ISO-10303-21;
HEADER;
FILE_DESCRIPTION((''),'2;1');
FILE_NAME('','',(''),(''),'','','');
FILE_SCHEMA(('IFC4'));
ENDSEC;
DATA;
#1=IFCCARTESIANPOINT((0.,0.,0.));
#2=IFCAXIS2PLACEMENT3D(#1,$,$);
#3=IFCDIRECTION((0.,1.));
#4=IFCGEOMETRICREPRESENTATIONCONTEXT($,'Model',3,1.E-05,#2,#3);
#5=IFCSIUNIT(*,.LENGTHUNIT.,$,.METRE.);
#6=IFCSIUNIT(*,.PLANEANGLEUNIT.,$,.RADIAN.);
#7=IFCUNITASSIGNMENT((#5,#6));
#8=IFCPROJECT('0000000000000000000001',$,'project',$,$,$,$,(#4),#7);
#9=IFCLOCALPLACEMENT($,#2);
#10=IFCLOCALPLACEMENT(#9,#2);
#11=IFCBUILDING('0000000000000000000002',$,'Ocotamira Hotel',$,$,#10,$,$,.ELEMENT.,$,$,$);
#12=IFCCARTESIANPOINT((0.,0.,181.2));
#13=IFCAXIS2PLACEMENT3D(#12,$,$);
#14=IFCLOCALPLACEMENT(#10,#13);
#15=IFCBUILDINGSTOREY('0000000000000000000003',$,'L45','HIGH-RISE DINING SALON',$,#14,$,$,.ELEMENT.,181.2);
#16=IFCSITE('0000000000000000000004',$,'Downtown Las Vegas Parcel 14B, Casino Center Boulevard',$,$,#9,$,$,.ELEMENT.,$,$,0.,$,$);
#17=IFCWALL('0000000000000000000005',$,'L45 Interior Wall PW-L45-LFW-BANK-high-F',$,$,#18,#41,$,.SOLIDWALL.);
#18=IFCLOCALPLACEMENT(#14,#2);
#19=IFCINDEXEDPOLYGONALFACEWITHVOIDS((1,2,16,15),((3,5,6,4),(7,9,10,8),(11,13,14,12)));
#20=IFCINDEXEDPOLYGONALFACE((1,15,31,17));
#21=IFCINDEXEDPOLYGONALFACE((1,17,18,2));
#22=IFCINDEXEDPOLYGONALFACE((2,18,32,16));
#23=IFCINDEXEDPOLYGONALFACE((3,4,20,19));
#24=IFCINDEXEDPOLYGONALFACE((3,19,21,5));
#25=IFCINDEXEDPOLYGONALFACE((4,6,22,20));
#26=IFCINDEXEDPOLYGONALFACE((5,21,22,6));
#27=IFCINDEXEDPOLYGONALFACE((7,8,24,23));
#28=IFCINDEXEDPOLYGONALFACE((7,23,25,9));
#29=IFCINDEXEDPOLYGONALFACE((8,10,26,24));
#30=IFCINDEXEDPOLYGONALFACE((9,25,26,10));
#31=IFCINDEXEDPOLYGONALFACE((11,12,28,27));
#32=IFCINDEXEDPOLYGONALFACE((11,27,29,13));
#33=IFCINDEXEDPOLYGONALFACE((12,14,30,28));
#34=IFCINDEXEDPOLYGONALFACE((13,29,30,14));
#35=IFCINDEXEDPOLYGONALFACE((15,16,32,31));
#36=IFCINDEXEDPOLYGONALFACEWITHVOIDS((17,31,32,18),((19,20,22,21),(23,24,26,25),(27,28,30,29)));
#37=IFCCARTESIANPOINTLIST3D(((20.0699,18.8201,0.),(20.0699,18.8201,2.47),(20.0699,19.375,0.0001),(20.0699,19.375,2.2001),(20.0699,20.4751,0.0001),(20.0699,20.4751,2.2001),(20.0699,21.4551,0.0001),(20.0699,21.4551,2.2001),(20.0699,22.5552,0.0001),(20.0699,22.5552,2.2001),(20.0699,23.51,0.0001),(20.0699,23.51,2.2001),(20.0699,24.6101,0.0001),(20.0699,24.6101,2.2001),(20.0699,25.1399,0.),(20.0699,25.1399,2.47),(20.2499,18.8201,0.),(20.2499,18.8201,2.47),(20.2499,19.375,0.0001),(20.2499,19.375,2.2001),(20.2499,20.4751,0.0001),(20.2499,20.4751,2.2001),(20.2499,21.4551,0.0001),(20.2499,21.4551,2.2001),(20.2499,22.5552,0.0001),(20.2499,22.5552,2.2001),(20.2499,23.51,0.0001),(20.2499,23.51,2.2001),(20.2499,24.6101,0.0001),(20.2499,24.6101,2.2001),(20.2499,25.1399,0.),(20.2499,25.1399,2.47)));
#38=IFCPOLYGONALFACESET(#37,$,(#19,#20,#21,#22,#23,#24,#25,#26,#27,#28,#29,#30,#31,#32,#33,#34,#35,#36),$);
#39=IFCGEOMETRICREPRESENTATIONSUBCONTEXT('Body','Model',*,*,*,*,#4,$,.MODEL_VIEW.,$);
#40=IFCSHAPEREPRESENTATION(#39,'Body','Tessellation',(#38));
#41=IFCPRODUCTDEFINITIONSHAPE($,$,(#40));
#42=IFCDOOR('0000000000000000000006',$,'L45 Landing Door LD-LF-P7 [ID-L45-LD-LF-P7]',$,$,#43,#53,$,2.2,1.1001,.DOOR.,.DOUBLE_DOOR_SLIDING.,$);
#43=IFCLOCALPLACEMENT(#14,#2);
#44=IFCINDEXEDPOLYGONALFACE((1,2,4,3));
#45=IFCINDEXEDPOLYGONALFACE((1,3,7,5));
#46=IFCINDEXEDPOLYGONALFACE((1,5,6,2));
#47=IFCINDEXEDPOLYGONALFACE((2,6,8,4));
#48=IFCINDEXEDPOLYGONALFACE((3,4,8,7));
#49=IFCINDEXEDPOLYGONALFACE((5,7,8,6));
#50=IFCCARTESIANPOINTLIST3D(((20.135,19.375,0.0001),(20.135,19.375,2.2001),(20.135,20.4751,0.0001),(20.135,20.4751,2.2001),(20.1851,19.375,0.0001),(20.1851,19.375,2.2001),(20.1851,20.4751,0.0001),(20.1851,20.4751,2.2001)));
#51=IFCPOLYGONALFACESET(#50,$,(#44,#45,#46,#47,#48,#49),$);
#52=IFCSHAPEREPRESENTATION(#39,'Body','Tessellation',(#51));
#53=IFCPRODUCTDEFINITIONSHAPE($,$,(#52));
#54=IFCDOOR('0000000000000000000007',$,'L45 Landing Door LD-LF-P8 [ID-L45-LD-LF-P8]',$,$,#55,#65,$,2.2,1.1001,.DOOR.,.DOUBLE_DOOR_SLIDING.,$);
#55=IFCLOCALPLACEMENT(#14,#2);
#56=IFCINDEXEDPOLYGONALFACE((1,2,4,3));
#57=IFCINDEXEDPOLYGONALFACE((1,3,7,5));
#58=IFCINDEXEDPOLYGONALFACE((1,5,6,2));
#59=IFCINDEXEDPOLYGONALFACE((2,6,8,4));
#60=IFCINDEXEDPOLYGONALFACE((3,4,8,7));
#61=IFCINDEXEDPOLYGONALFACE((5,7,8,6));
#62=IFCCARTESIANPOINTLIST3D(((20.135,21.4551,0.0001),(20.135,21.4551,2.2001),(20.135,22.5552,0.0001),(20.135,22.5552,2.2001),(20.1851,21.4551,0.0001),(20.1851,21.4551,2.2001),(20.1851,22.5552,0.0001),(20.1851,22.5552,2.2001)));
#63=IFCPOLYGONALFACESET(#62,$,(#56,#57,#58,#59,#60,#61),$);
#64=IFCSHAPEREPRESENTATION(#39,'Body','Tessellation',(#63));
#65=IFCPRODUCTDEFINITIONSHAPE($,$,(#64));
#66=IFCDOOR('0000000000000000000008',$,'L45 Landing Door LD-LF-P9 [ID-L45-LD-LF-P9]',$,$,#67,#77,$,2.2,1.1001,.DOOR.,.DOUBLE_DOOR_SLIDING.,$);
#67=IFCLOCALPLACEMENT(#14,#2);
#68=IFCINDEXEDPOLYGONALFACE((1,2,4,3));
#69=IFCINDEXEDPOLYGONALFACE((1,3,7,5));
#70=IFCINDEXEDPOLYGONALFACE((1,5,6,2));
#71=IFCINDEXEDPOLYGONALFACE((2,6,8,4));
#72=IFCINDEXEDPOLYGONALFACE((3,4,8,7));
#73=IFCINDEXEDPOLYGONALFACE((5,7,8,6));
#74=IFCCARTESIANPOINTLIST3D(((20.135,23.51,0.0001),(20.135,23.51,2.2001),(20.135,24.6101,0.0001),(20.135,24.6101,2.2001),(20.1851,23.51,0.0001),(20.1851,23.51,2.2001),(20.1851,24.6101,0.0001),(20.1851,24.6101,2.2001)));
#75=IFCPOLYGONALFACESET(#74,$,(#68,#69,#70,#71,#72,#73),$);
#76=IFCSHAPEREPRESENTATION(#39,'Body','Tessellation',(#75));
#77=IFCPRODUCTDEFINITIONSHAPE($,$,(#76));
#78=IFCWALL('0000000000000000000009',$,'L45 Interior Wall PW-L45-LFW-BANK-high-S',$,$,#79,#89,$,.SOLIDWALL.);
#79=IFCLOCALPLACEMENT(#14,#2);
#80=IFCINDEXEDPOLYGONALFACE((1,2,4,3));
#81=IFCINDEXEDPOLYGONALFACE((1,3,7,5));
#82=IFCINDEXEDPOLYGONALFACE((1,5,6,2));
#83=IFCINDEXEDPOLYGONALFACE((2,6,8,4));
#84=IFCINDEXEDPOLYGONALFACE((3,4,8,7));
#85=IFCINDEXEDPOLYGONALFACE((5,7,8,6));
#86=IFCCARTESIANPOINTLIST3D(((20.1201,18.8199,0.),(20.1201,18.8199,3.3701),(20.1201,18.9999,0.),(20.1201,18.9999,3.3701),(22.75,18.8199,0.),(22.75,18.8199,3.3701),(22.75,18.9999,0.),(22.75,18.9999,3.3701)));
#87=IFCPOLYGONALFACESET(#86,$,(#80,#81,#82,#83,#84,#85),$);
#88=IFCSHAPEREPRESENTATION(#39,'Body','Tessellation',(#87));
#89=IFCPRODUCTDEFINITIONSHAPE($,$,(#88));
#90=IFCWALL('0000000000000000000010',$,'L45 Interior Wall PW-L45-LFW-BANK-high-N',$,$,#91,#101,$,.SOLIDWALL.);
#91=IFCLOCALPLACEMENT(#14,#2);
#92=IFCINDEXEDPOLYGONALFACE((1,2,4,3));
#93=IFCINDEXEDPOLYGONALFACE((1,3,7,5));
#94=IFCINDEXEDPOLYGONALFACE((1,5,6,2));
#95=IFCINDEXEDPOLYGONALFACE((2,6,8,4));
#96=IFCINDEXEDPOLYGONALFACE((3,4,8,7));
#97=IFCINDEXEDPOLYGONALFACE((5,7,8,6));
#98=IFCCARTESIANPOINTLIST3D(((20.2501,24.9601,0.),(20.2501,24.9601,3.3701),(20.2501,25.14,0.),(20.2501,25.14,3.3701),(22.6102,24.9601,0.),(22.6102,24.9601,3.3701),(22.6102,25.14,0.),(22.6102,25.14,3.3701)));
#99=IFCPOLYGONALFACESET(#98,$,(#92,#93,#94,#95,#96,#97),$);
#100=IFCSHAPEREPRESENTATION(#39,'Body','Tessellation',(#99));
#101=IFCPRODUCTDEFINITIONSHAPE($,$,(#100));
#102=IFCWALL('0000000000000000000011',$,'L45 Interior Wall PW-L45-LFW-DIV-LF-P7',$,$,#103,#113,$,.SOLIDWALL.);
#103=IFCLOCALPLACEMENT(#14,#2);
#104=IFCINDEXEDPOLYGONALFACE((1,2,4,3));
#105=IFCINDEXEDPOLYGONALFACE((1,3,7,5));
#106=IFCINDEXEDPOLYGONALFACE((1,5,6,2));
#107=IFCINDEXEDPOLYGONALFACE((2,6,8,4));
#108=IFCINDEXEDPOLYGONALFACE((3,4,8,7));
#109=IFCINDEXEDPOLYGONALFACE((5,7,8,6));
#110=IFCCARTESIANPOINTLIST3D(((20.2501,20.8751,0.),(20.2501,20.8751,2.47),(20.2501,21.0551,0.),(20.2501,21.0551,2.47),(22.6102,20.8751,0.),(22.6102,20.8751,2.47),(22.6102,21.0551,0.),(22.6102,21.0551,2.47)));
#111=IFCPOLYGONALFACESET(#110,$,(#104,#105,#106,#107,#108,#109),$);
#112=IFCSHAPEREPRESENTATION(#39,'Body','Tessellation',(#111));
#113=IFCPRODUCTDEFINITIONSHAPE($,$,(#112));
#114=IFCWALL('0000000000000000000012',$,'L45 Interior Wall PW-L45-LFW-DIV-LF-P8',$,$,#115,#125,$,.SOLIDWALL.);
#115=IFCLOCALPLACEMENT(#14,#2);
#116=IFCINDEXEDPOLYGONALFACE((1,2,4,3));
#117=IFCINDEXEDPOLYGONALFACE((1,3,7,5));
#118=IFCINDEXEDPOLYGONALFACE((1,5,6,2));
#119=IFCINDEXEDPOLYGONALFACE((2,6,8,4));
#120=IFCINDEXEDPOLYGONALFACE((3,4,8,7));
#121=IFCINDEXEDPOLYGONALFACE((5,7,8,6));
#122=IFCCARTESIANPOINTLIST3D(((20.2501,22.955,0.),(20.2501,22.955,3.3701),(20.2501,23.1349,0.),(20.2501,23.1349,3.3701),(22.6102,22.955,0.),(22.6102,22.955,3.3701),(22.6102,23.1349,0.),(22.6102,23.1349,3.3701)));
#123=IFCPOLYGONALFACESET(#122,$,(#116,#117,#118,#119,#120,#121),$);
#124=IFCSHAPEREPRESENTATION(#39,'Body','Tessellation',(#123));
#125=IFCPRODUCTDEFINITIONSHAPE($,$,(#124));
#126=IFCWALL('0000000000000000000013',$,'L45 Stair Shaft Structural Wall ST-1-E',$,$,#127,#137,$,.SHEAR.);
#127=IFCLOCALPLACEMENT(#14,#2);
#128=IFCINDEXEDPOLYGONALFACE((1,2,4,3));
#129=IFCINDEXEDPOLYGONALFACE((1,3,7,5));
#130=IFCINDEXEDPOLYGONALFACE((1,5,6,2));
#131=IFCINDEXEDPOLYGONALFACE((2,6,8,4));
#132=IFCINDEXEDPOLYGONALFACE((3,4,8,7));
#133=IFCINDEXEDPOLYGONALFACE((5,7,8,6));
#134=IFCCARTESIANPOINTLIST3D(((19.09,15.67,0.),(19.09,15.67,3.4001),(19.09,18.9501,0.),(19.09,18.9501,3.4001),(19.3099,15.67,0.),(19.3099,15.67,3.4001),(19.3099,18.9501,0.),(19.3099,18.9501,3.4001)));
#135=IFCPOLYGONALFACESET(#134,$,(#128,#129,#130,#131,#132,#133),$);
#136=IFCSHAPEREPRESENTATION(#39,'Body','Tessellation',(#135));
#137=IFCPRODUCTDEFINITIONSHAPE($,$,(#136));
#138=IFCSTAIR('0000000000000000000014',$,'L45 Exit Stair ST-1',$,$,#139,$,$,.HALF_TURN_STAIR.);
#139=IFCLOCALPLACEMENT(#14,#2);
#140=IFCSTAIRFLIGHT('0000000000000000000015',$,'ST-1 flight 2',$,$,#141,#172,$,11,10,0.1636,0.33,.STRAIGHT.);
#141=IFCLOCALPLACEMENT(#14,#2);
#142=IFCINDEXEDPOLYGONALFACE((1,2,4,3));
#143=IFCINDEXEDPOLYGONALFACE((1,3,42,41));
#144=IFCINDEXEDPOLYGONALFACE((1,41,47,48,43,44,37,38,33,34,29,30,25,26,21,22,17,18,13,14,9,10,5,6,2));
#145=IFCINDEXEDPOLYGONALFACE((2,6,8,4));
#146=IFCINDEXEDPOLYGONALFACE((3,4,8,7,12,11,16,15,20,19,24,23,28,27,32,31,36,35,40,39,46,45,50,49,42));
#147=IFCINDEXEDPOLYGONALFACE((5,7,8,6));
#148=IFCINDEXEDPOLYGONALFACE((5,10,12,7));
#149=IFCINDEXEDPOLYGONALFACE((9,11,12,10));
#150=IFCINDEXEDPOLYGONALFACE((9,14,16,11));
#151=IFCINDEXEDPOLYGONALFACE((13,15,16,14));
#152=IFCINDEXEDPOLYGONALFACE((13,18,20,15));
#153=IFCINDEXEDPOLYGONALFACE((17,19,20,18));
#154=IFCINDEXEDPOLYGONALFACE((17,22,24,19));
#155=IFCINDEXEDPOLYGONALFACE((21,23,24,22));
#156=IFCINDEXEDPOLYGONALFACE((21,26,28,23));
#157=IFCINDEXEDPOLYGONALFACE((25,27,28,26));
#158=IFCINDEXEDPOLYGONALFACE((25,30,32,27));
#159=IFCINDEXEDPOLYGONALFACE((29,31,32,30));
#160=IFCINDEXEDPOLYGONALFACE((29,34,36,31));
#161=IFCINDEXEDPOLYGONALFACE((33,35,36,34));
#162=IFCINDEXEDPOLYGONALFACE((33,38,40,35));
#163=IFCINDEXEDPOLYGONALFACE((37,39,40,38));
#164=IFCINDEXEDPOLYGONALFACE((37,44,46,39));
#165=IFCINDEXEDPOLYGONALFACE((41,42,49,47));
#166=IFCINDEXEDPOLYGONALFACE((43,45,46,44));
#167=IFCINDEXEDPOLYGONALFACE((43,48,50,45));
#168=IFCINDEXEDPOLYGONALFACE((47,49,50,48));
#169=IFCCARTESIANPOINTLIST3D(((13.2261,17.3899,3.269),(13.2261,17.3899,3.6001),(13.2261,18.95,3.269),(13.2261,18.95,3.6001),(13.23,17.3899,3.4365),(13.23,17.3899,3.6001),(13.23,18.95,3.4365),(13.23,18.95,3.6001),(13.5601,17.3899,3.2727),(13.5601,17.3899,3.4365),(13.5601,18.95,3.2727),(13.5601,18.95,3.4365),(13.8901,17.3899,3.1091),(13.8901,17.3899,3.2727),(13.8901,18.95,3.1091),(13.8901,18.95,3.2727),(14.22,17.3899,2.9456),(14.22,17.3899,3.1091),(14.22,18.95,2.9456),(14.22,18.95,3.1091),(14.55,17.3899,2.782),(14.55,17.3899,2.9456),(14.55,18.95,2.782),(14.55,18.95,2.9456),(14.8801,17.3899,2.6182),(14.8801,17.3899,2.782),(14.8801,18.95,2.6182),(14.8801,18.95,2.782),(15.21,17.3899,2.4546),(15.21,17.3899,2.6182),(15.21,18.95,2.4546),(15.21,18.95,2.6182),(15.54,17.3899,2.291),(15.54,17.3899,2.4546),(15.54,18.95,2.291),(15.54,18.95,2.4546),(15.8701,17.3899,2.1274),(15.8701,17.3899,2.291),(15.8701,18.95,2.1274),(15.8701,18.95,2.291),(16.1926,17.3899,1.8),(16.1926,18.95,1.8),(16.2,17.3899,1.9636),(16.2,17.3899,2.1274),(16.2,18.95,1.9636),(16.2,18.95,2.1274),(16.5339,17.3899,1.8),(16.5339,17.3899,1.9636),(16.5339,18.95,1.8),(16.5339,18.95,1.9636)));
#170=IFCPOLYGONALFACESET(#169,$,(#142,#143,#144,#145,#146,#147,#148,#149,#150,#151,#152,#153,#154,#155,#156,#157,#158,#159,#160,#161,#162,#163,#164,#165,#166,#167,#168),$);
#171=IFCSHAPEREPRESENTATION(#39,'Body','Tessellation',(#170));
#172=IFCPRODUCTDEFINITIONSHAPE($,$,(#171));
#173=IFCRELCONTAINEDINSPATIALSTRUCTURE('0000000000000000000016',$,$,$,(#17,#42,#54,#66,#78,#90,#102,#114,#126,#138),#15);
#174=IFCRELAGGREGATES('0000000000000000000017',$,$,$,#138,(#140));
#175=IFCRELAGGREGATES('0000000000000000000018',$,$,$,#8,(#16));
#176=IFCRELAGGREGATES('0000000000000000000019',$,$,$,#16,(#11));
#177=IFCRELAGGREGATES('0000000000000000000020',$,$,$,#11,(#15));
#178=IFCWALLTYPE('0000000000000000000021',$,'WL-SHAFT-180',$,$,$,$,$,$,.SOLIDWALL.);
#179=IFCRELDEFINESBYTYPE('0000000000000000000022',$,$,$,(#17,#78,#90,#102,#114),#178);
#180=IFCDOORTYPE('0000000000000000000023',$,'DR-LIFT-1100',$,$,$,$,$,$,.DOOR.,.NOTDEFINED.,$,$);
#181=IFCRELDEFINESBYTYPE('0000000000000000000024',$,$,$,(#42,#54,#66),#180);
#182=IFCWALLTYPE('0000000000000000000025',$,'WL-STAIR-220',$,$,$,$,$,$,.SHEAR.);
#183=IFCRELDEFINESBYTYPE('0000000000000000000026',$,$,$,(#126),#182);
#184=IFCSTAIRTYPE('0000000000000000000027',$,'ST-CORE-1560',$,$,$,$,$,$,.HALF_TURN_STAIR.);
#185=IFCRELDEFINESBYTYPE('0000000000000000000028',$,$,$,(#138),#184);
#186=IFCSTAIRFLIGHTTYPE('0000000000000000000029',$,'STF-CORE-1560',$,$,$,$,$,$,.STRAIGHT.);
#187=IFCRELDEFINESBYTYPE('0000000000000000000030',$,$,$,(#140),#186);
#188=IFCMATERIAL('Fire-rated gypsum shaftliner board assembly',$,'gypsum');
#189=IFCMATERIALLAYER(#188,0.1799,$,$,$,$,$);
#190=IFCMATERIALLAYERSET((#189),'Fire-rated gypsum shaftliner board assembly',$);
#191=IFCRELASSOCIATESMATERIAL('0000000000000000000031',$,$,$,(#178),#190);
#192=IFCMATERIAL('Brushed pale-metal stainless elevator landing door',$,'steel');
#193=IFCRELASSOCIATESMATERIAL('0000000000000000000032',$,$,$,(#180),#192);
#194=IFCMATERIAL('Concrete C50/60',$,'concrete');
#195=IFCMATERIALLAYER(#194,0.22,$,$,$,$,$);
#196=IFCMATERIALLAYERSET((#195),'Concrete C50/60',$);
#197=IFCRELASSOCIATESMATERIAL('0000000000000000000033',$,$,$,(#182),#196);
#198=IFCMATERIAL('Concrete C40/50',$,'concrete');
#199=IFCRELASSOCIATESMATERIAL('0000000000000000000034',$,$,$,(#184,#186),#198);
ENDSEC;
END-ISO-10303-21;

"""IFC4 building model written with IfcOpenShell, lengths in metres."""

from ifc_helpers import new_model, si_unit, direction, frame, frame_2d, origin, place, context, subcontext, project, spatial, polyline, rectangle, outline, extrude, source, transform, mapped, material, layer, layer_set, type_object, element, fill, aggregate, save


model = new_model("IFC4")

# Units and contexts
model_context = context("Model", 3, precision=1e-05, world=origin(), true_north=direction((0.0, 1.0)))
body_context = subcontext(model_context, "Body", "Model", "MODEL_VIEW")
ifc_project = project(units=[si_unit("LENGTHUNIT", "METRE"), si_unit("PLANEANGLEUNIT", "RADIAN")], contexts=[model_context])

# Site, building, storey
site_placement = place(None, origin())
site = spatial("IfcSite", under=ifc_project, at=site_placement, Name="Downtown Las Vegas Parcel 14B, Casino Center Boulevard", CompositionType="ELEMENT", RefElevation=0.0)
building_placement = place(site_placement, origin())
building = spatial("IfcBuilding", under=site, at=building_placement, Name="Ocotamira Hotel", CompositionType="ELEMENT")
storey_placement = place(building_placement, frame((0.0, 0.0, 181.2)))
storey = spatial("IfcBuildingStorey", under=building, at=storey_placement, Name="L45", Description="HIGH-RISE DINING SALON", CompositionType="ELEMENT", Elevation=181.2)

# Shared definitions
ifc_material_1 = material(Name="Concrete C50/60", Category="concrete")

# Wall, openings, doors
ifc_material_2 = material(Name="Fire-rated gypsum shaftliner board assembly", Category="gypsum")
ifc_layer_1 = layer(ifc_material_2, 0.1799)
ifc_layer_set_1 = layer_set([ifc_layer_1], Name="Fire-rated gypsum shaftliner board assembly")
wall_type_1 = type_object("IfcWallType", Name="WL-SHAFT-180", PredefinedType="SOLIDWALL", material=ifc_layer_set_1)
wall_1_placement = place(storey_placement, frame((20.1599, 18.8201, 0.0), z_axis=(0.0, 0.0, 1.0), x_axis=(0.0, 1.0, 0.0)))
wall_1 = element("IfcWall", 1, at=wall_1_placement, inside=storey, type_object=wall_type_1, Name="L45 Interior Wall PW-L45-LFW-BANK-high-F", PredefinedType="SOLIDWALL", context=body_context, shape_type="SweptSolid", body=[
    extrude(rectangle(XDim=6.3198, YDim=0.1799, at=frame_2d((3.1599, 0.0))), origin(), (0.0, 0.0, 1.0), 2.47),
])
opening_1_placement = place(wall_1_placement, frame((0.5549, 0.0, 0.0)))
opening_1 = element("IfcOpeningElement", 2, at=opening_1_placement, cuts=wall_1, PredefinedType="OPENING", context=body_context, shape_type="SweptSolid", body=[
    extrude(rectangle(XDim=1.1001, YDim=2.2, at=frame_2d((0.55, 1.1001))), frame((0.0, 0.1001, 0.0), z_axis=(0.0, -1.0, 0.0), x_axis=(1.0, 0.0, 0.0)), (0.0, 0.0, 1.0), 0.2),
])
opening_2_placement = place(wall_1_placement, frame((2.635, 0.0, 0.0)))
opening_2 = element("IfcOpeningElement", 3, at=opening_2_placement, cuts=wall_1, PredefinedType="OPENING", context=body_context, shape_type="SweptSolid", body=[
    extrude(rectangle(XDim=1.1001, YDim=2.2, at=frame_2d((0.55, 1.1001))), frame((0.0, 0.1001, 0.0), z_axis=(0.0, -1.0, 0.0), x_axis=(1.0, 0.0, 0.0)), (0.0, 0.0, 1.0), 0.2),
])
opening_3_placement = place(wall_1_placement, frame((4.6899, 0.0, 0.0)))
opening_3 = element("IfcOpeningElement", 4, at=opening_3_placement, cuts=wall_1, PredefinedType="OPENING", context=body_context, shape_type="SweptSolid", body=[
    extrude(rectangle(XDim=1.1001, YDim=2.2, at=frame_2d((0.55, 1.1001))), frame((0.0, 0.1001, 0.0), z_axis=(0.0, -1.0, 0.0), x_axis=(1.0, 0.0, 0.0)), (0.0, 0.0, 1.0), 0.2),
])
ifc_material_3 = material(Name="Brushed pale-metal stainless elevator landing door", Category="steel")
door_type = type_object("IfcDoorType", Name="DR-LIFT-1100", OperationType="NOTDEFINED", PredefinedType="DOOR", material=ifc_material_3)
shared_shape_1 = source(origin(), body_context, "Body", "SweptSolid", [
    extrude(rectangle(XDim=1.1001, YDim=2.2, at=frame_2d((0.55, 1.1001))), frame((0.0, 0.0249, 0.0), z_axis=(0.0, -1.0, 0.0), x_axis=(1.0, 0.0, 0.0)), (0.0, 0.0, 1.0), 0.05),
])
door_1_placement = place(opening_1_placement, origin())
door_1 = element("IfcDoor", 5, at=door_1_placement, inside=storey, type_object=door_type, Name="L45 Landing Door LD-LF-P7 [ID-L45-LD-LF-P7]", OperationType="DOUBLE_DOOR_SLIDING", OverallHeight=2.2, OverallWidth=1.1001, PredefinedType="DOOR", context=body_context, shape_type="MappedRepresentation", body=[
    mapped(shared_shape_1, transform((0.0, 0.0, 0.0), scale=1.0)),
])
fill(opening_1, door_1)
door_2_placement = place(opening_2_placement, origin())
door_2 = element("IfcDoor", 6, at=door_2_placement, inside=storey, type_object=door_type, Name="L45 Landing Door LD-LF-P8 [ID-L45-LD-LF-P8]", OperationType="DOUBLE_DOOR_SLIDING", OverallHeight=2.2, OverallWidth=1.1001, PredefinedType="DOOR", context=body_context, shape_type="MappedRepresentation", body=[
    mapped(shared_shape_1, transform((0.0, 0.0, 0.0), scale=1.0)),
])
fill(opening_2, door_2)
door_3_placement = place(opening_3_placement, origin())
door_3 = element("IfcDoor", 7, at=door_3_placement, inside=storey, type_object=door_type, Name="L45 Landing Door LD-LF-P9 [ID-L45-LD-LF-P9]", OperationType="DOUBLE_DOOR_SLIDING", OverallHeight=2.2, OverallWidth=1.1001, PredefinedType="DOOR", context=body_context, shape_type="MappedRepresentation", body=[
    mapped(shared_shape_1, transform((0.0, 0.0, 0.0), scale=1.0)),
])
fill(opening_3, door_3)

# Walls
wall_2_placement = place(storey_placement, frame((20.1201, 18.9099, 0.0), z_axis=(0.0, 0.0, 1.0), x_axis=(1.0, 0.0, 0.0)))
element("IfcWall", 8, at=wall_2_placement, inside=storey, type_object=wall_type_1, Name="L45 Interior Wall PW-L45-LFW-BANK-high-S", PredefinedType="SOLIDWALL", context=body_context, shape_type="SweptSolid", body=[
    extrude(rectangle(XDim=2.6299, YDim=0.1799, at=frame_2d((1.3149, 0.0))), origin(), (0.0, 0.0, 1.0), 3.3701),
])
wall_3_placement = place(storey_placement, frame((20.25, 25.05, 0.0), z_axis=(0.0, 0.0, 1.0), x_axis=(1.0, 0.0, 0.0)))
element("IfcWall", 9, at=wall_3_placement, inside=storey, type_object=wall_type_1, Name="L45 Interior Wall PW-L45-LFW-BANK-high-N", PredefinedType="SOLIDWALL", context=body_context, shape_type="SweptSolid", body=[
    extrude(rectangle(XDim=2.3601, YDim=0.1799, at=frame_2d((1.1802, 0.0))), origin(), (0.0, 0.0, 1.0), 3.3701),
])
wall_4_placement = place(storey_placement, frame((20.25, 20.9651, 0.0), z_axis=(0.0, 0.0, 1.0), x_axis=(1.0, 0.0, 0.0)))
element("IfcWall", 10, at=wall_4_placement, inside=storey, type_object=wall_type_1, Name="L45 Interior Wall PW-L45-LFW-DIV-LF-P7", PredefinedType="SOLIDWALL", context=body_context, shape_type="SweptSolid", body=[
    extrude(rectangle(XDim=2.3601, YDim=0.1799, at=frame_2d((1.1802, 0.0))), origin(), (0.0, 0.0, 1.0), 2.47),
])
wall_5_placement = place(storey_placement, frame((20.25, 23.0449, 0.0), z_axis=(0.0, 0.0, 1.0), x_axis=(1.0, 0.0, 0.0)))
element("IfcWall", 11, at=wall_5_placement, inside=storey, type_object=wall_type_1, Name="L45 Interior Wall PW-L45-LFW-DIV-LF-P8", PredefinedType="SOLIDWALL", context=body_context, shape_type="SweptSolid", body=[
    extrude(rectangle(XDim=2.3601, YDim=0.1799, at=frame_2d((1.1802, 0.0))), origin(), (0.0, 0.0, 1.0), 3.3701),
])
ifc_layer_2 = layer(ifc_material_1, 0.22)
ifc_layer_set_2 = layer_set([ifc_layer_2], Name="Concrete C50/60")
wall_type_2 = type_object("IfcWallType", Name="WL-STAIR-220", PredefinedType="SHEAR", material=ifc_layer_set_2)
wall_6_placement = place(storey_placement, frame((19.2, 15.6699, 0.0), z_axis=(0.0, 0.0, 1.0), x_axis=(0.0, 1.0, 0.0)))
element("IfcWall", 12, at=wall_6_placement, inside=storey, type_object=wall_type_2, Name="L45 Stair Shaft Structural Wall ST-1-E", PredefinedType="SHEAR", context=body_context, shape_type="SweptSolid", body=[
    extrude(rectangle(XDim=3.28, YDim=0.22, at=frame_2d((1.6401, 0.0))), origin(), (0.0, 0.0, 1.0), 3.4001),
])

# Stair, stair flight
ifc_material_4 = material(Name="Concrete C40/50", Category="concrete")
stair_type = type_object("IfcStairType", Name="ST-CORE-1560", PredefinedType="HALF_TURN_STAIR", material=ifc_material_4)
stair_placement = place(storey_placement, origin())
stair = element("IfcStair", 13, at=stair_placement, inside=storey, type_object=stair_type, Name="L45 Exit Stair ST-1", PredefinedType="HALF_TURN_STAIR")
stair_flight_type = type_object("IfcStairFlightType", Name="STF-CORE-1560", PredefinedType="STRAIGHT", material=ifc_material_4)
shared_shape_2 = source(origin(), body_context, "Body", "SweptSolid", [
    extrude(outline(polyline([(-0.0039, 0.0), (-0.0039, 0.1636), (0.3301, 0.1636), (0.3301, 0.3274), (0.6599, 0.3274), (0.6599, 0.491), (0.99, 0.491), (0.99, 0.6545), (1.3201, 0.6545), (1.3201, 0.8181), (1.6499, 0.8181), (1.6499, 0.9819), (1.98, 0.9819), (1.98, 1.1455), (2.3101, 1.1455), (2.3101, 1.3091), (2.6399, 1.3091), (2.6399, 1.4727), (2.97, 1.4727), (2.97, 1.6365), (3.3, 1.6365), (3.3, 1.8), (3.304, 1.8), (3.304, 1.469), (0.3374, 0.0), (-0.0039, 0.0)])), frame((0.0, 0.78, 0.0), z_axis=(0.0, -1.0, 0.0), x_axis=(1.0, 0.0, 0.0)), (0.0, 0.0, 1.0), 1.5601),
])
stair_flight_placement = place(storey_placement, frame((16.53, 18.1699, 1.8), z_axis=(0.0, 0.0, 1.0), x_axis=(-1.0, 0.0, 0.0)))
stair_flight = element("IfcStairFlight", 14, at=stair_flight_placement, type_object=stair_flight_type, Name="ST-1 flight 2", NumberOfRisers=11, NumberOfTreads=10, PredefinedType="STRAIGHT", RiserHeight=0.1636, TreadLength=0.33, context=body_context, shape_type="MappedRepresentation", body=[
    mapped(shared_shape_2, transform((0.0, 0.0, 0.0), scale=1.0)),
])
aggregate(stair, [stair_flight])

save(model, "model.ifc")
